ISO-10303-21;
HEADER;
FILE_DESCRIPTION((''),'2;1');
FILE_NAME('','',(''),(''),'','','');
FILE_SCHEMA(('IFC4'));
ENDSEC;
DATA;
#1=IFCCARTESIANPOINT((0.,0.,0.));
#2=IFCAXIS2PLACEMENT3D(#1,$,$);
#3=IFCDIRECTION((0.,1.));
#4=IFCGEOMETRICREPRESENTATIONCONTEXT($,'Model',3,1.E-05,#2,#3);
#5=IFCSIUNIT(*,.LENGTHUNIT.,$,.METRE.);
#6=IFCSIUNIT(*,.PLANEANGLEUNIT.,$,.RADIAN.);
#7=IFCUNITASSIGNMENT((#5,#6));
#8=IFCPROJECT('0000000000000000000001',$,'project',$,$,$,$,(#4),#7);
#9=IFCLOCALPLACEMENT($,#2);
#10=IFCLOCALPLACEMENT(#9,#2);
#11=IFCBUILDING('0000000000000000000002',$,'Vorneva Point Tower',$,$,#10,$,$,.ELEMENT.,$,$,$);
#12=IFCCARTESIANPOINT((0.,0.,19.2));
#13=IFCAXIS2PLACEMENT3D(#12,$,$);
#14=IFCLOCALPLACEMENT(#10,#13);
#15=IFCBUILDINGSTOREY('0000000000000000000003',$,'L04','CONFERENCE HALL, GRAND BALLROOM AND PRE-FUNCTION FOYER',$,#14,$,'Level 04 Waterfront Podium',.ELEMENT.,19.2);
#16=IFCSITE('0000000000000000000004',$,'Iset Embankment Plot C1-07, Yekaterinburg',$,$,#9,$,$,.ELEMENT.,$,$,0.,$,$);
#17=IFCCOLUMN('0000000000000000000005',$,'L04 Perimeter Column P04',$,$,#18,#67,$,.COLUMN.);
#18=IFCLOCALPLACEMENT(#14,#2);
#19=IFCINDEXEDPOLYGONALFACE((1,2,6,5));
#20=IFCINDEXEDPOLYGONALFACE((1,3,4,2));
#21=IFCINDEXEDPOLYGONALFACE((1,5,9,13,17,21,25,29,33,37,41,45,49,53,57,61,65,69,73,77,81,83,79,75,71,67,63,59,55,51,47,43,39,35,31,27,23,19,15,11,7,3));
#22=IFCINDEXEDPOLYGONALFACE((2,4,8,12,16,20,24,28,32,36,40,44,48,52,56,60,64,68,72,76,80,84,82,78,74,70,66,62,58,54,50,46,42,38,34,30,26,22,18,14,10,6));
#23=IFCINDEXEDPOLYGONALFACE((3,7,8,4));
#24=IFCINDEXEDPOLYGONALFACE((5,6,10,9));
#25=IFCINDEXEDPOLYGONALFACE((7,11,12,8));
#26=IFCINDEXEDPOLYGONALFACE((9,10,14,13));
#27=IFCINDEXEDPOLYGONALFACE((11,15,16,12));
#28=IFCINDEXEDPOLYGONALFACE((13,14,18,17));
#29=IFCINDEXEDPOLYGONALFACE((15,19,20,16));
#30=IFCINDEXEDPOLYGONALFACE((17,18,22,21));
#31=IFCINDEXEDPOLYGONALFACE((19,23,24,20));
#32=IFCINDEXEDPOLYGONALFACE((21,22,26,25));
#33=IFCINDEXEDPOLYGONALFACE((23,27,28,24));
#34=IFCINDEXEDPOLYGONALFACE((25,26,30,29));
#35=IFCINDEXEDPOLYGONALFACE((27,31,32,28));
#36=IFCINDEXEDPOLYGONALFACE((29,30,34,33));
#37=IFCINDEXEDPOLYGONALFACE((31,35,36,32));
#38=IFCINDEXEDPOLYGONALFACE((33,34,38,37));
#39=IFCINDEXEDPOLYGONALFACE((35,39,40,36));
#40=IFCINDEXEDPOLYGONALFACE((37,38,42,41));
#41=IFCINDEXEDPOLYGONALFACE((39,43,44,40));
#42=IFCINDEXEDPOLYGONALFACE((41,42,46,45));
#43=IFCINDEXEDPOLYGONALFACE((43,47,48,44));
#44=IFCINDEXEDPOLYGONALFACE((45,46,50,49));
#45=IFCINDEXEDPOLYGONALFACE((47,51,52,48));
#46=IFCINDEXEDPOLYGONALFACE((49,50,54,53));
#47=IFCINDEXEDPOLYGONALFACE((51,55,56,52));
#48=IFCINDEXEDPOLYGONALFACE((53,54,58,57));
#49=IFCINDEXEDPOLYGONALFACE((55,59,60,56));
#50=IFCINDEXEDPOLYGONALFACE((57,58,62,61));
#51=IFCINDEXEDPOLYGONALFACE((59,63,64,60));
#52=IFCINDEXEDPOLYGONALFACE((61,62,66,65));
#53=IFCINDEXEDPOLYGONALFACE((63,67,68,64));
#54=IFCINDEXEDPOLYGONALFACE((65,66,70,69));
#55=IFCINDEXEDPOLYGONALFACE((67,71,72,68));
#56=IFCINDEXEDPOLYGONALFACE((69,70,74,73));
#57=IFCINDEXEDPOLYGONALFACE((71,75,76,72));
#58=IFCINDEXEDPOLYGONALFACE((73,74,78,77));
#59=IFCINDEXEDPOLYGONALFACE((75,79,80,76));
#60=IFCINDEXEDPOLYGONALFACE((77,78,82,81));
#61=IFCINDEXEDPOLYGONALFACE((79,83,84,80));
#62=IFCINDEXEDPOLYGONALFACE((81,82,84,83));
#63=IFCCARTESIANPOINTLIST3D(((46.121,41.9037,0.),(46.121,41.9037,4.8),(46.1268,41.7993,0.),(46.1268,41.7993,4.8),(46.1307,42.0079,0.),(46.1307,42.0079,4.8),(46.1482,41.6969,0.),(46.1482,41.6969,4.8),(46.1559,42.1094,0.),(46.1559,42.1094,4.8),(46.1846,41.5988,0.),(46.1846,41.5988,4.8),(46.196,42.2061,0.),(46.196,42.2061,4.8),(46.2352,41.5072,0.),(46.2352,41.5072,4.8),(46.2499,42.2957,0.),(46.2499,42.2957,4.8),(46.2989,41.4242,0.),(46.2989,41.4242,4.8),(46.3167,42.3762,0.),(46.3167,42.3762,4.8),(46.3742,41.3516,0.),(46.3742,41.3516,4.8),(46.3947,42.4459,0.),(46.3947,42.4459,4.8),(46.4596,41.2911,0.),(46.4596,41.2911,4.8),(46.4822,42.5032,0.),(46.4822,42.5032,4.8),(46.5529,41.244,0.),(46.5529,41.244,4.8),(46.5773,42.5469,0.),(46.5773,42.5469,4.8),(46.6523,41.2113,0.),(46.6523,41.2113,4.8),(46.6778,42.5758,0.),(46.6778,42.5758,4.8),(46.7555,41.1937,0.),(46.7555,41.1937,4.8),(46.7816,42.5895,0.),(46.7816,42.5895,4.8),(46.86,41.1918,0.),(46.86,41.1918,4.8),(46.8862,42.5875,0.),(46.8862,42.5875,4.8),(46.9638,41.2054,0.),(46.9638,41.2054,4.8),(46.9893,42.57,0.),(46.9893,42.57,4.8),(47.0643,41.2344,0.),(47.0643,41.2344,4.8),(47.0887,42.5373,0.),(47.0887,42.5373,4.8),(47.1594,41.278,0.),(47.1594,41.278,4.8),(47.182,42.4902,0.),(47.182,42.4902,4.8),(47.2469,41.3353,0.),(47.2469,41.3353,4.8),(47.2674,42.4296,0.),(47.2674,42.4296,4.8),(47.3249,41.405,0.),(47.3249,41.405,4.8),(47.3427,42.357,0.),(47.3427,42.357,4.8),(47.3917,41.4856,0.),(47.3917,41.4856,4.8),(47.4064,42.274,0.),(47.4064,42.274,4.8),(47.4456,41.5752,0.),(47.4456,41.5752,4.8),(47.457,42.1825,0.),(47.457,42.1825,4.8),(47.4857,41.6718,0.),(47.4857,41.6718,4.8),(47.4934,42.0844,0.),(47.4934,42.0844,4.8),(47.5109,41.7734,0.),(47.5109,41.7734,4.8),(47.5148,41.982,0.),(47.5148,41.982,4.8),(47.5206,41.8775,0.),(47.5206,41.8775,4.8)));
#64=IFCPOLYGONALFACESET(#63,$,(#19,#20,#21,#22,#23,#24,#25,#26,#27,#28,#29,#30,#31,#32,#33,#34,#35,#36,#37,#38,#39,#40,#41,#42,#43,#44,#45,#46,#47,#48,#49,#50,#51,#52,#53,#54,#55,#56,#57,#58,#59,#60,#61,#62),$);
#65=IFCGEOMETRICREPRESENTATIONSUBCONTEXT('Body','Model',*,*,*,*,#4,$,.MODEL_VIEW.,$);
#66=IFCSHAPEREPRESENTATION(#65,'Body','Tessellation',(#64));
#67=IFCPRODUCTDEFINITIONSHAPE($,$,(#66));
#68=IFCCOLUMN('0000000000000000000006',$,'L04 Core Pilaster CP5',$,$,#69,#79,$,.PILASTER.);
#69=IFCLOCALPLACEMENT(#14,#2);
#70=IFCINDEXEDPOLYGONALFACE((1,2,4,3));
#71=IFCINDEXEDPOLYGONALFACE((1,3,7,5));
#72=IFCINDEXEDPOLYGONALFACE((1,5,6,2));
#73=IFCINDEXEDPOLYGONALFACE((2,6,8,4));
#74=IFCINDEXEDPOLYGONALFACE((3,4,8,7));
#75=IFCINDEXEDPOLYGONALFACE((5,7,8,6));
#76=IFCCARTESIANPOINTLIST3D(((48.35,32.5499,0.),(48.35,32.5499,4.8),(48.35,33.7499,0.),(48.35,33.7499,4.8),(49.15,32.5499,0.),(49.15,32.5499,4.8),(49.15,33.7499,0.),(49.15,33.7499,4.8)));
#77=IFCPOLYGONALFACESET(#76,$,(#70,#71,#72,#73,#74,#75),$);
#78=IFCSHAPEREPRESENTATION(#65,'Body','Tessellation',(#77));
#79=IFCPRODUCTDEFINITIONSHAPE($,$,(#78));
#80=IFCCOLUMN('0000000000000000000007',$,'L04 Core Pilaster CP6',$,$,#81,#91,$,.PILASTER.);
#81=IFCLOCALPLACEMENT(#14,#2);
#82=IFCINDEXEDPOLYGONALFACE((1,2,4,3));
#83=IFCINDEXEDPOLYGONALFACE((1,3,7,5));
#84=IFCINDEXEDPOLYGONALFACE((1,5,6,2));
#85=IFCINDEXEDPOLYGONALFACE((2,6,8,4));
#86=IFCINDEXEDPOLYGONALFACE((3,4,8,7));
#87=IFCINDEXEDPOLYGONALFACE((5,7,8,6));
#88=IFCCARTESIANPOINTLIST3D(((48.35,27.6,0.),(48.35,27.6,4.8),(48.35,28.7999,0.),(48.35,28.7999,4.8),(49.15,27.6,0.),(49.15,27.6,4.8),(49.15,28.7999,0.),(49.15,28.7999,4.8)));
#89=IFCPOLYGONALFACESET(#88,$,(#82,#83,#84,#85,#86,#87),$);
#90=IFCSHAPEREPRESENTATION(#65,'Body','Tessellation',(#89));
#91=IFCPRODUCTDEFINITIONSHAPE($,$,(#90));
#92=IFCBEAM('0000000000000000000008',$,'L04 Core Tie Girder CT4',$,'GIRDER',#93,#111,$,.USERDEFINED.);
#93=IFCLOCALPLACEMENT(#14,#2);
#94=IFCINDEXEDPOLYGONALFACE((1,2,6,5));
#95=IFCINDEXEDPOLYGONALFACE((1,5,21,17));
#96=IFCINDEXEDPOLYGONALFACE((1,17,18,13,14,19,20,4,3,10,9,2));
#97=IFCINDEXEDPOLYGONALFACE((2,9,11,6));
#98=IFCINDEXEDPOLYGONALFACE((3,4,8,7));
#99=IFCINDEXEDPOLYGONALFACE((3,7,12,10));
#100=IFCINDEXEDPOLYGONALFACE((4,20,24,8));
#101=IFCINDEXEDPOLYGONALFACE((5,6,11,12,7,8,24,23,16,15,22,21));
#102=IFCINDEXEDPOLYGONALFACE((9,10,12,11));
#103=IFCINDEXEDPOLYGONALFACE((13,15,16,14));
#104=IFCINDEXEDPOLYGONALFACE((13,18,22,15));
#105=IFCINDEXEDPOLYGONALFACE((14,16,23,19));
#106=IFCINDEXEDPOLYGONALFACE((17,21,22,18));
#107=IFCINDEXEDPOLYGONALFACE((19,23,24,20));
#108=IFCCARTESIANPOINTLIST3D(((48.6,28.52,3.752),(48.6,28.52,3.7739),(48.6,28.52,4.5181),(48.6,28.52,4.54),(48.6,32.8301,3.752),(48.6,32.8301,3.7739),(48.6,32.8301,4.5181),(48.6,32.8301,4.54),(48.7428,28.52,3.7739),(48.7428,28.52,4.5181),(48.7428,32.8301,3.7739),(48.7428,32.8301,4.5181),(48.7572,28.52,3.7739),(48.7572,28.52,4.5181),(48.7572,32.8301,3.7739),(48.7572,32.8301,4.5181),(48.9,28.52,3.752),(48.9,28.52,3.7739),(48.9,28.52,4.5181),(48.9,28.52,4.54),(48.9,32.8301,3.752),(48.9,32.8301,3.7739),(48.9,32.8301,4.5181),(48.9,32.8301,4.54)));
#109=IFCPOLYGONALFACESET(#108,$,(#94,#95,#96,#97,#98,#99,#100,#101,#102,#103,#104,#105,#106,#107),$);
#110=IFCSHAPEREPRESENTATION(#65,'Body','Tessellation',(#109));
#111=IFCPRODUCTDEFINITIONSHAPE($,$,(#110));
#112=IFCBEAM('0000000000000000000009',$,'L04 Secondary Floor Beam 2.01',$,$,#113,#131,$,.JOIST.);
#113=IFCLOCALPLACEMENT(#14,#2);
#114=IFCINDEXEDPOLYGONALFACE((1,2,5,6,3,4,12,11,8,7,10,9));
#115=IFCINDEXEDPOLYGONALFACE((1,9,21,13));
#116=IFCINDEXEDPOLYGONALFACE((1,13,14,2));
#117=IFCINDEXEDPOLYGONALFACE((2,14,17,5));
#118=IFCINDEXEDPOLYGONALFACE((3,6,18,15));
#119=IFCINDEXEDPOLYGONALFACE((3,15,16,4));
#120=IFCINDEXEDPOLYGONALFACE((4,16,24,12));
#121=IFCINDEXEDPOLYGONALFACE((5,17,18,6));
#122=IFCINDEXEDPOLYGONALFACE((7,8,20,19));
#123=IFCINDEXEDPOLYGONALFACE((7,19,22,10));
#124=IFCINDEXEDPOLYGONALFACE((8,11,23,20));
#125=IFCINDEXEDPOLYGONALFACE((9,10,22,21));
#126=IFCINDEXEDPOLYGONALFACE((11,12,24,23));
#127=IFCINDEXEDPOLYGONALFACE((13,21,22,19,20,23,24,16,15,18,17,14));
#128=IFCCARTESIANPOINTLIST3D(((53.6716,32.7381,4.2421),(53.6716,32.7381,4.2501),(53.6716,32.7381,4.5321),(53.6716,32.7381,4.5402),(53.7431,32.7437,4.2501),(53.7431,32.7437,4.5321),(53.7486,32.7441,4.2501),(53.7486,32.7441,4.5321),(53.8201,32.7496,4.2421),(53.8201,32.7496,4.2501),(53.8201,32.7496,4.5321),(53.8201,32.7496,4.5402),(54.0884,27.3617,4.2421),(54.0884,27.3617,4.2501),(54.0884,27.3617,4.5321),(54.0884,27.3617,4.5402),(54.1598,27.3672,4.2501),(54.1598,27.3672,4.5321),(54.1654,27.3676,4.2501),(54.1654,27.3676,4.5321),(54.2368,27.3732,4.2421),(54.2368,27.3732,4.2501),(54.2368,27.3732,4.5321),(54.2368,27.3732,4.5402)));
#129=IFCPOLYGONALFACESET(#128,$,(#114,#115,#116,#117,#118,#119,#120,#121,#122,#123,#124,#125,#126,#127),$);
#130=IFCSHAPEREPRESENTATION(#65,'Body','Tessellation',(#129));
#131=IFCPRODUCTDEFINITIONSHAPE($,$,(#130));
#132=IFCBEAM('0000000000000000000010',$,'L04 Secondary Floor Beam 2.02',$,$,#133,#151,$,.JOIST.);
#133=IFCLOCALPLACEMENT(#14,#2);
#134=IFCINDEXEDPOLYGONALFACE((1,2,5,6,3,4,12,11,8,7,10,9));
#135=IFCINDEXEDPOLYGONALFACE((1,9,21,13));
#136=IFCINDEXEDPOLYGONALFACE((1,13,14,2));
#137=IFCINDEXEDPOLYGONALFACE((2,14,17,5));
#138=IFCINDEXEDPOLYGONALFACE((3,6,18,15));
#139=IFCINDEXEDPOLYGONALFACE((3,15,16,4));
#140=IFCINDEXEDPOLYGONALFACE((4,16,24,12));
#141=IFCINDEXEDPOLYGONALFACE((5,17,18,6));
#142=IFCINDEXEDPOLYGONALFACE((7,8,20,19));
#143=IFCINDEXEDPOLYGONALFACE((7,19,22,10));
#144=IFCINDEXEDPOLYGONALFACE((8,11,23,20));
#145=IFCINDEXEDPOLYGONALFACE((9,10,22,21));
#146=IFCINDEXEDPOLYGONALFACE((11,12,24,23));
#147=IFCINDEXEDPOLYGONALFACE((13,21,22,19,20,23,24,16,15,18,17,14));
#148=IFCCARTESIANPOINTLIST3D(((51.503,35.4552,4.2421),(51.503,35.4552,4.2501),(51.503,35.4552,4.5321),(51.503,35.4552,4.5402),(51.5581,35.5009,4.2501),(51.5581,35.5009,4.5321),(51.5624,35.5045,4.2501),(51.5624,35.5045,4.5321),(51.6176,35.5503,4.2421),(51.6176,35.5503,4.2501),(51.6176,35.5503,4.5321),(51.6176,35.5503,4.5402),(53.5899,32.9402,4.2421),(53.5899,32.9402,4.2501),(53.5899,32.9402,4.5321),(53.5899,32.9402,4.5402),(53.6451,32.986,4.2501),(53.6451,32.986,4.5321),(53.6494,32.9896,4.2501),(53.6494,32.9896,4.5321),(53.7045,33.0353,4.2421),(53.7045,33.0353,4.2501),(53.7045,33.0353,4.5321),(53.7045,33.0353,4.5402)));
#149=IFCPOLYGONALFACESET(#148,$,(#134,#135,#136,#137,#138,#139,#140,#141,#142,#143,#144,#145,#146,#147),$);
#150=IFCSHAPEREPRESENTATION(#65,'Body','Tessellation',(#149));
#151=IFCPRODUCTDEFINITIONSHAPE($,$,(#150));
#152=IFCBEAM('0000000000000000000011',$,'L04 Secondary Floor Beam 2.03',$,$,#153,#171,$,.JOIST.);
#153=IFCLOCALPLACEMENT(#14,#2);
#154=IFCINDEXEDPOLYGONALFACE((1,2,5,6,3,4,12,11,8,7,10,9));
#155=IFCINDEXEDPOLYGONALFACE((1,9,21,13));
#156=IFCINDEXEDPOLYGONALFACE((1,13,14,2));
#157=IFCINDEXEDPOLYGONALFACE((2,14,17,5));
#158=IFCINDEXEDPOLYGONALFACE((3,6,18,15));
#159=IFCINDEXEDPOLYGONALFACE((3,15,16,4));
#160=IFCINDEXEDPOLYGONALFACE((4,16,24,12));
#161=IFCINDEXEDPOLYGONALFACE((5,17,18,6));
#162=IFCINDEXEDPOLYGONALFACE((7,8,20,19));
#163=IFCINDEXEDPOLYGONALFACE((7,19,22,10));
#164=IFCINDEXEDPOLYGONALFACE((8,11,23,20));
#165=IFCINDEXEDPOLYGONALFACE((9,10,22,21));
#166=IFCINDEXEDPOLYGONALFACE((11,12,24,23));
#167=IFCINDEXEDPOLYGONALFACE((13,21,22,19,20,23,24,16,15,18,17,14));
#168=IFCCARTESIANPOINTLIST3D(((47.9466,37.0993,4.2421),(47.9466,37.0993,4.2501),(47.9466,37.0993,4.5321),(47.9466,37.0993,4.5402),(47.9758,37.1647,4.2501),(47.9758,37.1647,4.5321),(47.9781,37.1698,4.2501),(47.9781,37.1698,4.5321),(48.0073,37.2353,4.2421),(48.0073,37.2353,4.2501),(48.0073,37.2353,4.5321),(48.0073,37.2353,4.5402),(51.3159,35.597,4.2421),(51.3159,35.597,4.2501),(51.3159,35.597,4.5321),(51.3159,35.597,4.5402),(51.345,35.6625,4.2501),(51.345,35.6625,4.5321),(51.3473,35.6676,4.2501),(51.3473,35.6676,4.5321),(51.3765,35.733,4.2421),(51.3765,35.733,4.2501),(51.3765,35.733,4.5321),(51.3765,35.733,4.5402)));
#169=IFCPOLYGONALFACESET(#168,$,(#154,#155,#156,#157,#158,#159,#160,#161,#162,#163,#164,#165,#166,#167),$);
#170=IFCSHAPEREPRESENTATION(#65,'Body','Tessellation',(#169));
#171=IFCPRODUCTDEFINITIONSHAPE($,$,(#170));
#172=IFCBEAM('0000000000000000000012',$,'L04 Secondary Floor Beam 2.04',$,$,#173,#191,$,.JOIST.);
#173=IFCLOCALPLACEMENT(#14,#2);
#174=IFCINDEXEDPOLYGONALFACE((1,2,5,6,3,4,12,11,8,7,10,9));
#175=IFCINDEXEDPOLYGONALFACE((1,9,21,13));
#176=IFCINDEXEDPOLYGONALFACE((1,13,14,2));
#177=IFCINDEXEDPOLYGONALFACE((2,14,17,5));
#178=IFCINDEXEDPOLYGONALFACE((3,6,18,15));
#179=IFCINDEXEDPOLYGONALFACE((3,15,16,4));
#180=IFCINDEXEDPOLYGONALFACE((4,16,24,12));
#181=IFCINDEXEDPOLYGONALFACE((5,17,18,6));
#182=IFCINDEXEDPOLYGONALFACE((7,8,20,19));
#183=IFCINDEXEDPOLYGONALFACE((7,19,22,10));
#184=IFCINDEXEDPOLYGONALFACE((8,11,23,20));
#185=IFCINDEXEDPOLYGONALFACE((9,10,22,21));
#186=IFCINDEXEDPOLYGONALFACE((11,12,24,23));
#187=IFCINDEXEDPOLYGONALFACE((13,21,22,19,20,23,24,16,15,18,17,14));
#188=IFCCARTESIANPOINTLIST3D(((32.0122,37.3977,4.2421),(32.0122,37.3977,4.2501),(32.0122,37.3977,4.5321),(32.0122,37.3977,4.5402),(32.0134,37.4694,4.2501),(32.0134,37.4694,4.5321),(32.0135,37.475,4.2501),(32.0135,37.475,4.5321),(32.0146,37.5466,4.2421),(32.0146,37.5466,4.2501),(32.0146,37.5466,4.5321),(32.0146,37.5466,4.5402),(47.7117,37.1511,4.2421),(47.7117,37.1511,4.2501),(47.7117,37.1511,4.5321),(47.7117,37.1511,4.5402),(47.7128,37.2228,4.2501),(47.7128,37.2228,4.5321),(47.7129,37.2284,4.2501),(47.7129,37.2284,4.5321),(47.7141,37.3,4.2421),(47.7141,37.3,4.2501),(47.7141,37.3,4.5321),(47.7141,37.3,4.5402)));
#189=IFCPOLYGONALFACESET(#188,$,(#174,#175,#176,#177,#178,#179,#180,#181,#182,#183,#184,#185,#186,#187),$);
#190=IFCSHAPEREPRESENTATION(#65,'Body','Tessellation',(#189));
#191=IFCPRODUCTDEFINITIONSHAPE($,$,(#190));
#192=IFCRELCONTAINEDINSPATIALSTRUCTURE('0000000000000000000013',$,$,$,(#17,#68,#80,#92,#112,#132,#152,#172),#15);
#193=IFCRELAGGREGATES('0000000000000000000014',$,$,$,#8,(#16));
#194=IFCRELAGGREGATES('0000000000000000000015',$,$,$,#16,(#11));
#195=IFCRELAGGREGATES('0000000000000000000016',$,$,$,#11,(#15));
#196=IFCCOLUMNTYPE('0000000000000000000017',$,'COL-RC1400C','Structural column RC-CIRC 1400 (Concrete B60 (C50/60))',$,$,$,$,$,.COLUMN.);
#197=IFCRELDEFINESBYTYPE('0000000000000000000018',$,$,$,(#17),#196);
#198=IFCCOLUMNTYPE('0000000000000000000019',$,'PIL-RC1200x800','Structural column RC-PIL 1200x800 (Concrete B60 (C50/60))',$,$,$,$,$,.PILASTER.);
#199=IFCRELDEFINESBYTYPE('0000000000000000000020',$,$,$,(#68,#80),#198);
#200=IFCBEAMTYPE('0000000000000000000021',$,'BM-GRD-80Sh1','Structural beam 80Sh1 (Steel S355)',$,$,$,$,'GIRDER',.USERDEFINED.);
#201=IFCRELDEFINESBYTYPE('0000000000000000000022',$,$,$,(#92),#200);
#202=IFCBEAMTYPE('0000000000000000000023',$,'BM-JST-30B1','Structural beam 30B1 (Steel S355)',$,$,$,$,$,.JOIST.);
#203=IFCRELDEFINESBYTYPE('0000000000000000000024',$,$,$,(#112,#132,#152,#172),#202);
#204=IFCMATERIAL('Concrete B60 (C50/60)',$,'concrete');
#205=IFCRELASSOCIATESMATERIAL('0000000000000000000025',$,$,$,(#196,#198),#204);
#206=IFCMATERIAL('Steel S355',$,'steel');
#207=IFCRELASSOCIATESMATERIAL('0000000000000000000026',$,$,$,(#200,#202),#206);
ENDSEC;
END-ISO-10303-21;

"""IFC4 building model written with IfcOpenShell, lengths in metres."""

from ifc_helpers import new_model, si_unit, direction, frame, origin, origin_2d, place, context, subcontext, project, spatial, rectangle, circle, i_section, extrude, material, material_profile, profile_set, type_object, element, save


model = new_model("IFC4")

# Units and contexts
model_context = context("Model", 3, precision=1e-05, world=origin(), true_north=direction((0.0, 1.0)))
body_context = subcontext(model_context, "Body", "Model", "MODEL_VIEW")
ifc_project = project(units=[si_unit("LENGTHUNIT", "METRE"), si_unit("PLANEANGLEUNIT", "RADIAN")], contexts=[model_context])

# Site, building, storey
site_placement = place(None, origin())
site = spatial("IfcSite", under=ifc_project, at=site_placement, Name="Iset Embankment Plot C1-07, Yekaterinburg", CompositionType="ELEMENT", RefElevation=0.0)
building_placement = place(site_placement, origin())
building = spatial("IfcBuilding", under=site, at=building_placement, Name="Vorneva Point Tower", CompositionType="ELEMENT")
storey_placement = place(building_placement, frame((0.0, 0.0, 19.2)))
storey = spatial("IfcBuildingStorey", under=building, at=storey_placement, Name="L04", Description="CONFERENCE HALL, GRAND BALLROOM AND PRE-FUNCTION FOYER", LongName="Level 04 Waterfront Podium", CompositionType="ELEMENT", Elevation=19.2)

# Columns
ifc_material_1 = material(Name="Concrete B60 (C50/60)", Category="concrete")
ifc_material_profile_1 = material_profile(ifc_material_1, circle(Radius=0.7, at=origin_2d()), Name="RC-CIRC 1400")
ifc_profile_set_1 = profile_set([ifc_material_profile_1], Name="Concrete B60 (C50/60)")
column_type_1 = type_object("IfcColumnType", Name="COL-RC1400C", Description="Structural column RC-CIRC 1400 (Concrete B60 (C50/60))", PredefinedType="COLUMN", material=ifc_profile_set_1)
for number, where, z_axis, x_axis, name in (
    (1, (46.8208, 41.8906, 0.0), (0.0, 0.0, 1.0), (0.382683, 0.92388, 0.0), "L04 Perimeter Column P04"),
):
    element("IfcColumn", number, at=place(storey_placement, frame(where, z_axis=z_axis, x_axis=x_axis)), inside=storey, type_object=column_type_1, Name=name, PredefinedType="COLUMN", context=body_context, shape_type="SweptSolid", body=[
        extrude(circle(Radius=0.7, at=origin_2d()), origin(), (0.0, 0.0, 1.0), 4.8),
    ])
ifc_material_profile_2 = material_profile(ifc_material_1, rectangle(XDim=0.8, YDim=1.2, at=origin_2d()), Name="RC-PIL 1200x800")
ifc_profile_set_2 = profile_set([ifc_material_profile_2], Name="Concrete B60 (C50/60)")
column_type_2 = type_object("IfcColumnType", Name="PIL-RC1200x800", Description="Structural column RC-PIL 1200x800 (Concrete B60 (C50/60))", PredefinedType="PILASTER", material=ifc_profile_set_2)
for number, where, z_axis, x_axis, name in (
    (2, (48.75, 33.1499, 0.0), (0.0, 0.0, 1.0), (1.0, 0.0, 0.0), "L04 Core Pilaster CP5"),
    (3, (48.75, 28.2, 0.0), (0.0, 0.0, 1.0), (1.0, 0.0, 0.0), "L04 Core Pilaster CP6"),
):
    element("IfcColumn", number, at=place(storey_placement, frame(where, z_axis=z_axis, x_axis=x_axis)), inside=storey, type_object=column_type_2, Name=name, PredefinedType="PILASTER", context=body_context, shape_type="SweptSolid", body=[
        extrude(rectangle(XDim=0.8, YDim=1.2, at=origin_2d()), origin(), (0.0, 0.0, 1.0), 4.8),
    ])

# Beams
ifc_material_2 = material(Name="Steel S355", Category="steel")
ifc_material_profile_3 = material_profile(ifc_material_2, i_section(OverallWidth=0.3, OverallDepth=0.7881, WebThickness=0.0144, FlangeThickness=0.022, at=origin_2d()), Name="80Sh1")
ifc_profile_set_3 = profile_set([ifc_material_profile_3], Name="Steel S355")
beam_type_1 = type_object("IfcBeamType", Name="BM-GRD-80Sh1", Description="Structural beam 80Sh1 (Steel S355)", ElementType="GIRDER", PredefinedType="USERDEFINED", material=ifc_profile_set_3)
beam_1_placement = place(storey_placement, frame((48.75, 28.52, 4.146), z_axis=(0.0, 1.0, 0.0), x_axis=(-1.0, 0.0, 0.0)))
element("IfcBeam", 4, at=beam_1_placement, inside=storey, type_object=beam_type_1, Name="L04 Core Tie Girder CT4", ObjectType="GIRDER", PredefinedType="USERDEFINED", context=body_context, shape_type="SweptSolid", body=[
    extrude(i_section(OverallWidth=0.3, OverallDepth=0.7881, WebThickness=0.0144, FlangeThickness=0.022, at=origin_2d()), origin(), (0.0, 0.0, 1.0), 4.3101),
])
ifc_material_profile_4 = material_profile(ifc_material_2, i_section(OverallWidth=0.1489, OverallDepth=0.2981, WebThickness=0.0056, FlangeThickness=0.0081, at=origin_2d()), Name="30B1")
ifc_profile_set_4 = profile_set([ifc_material_profile_4], Name="Steel S355")
beam_type_2 = type_object("IfcBeamType", Name="BM-JST-30B1", Description="Structural beam 30B1 (Steel S355)", PredefinedType="JOIST", material=ifc_profile_set_4)
beam_2_placement = place(storey_placement, frame((54.1626, 27.3674, 4.3911), z_axis=(-0.077282, 0.997009, 0.0), x_axis=(-0.997009, -0.077282, 0.0)))
element("IfcBeam", 5, at=beam_2_placement, inside=storey, type_object=beam_type_2, Name="L04 Secondary Floor Beam 2.01", PredefinedType="JOIST", context=body_context, shape_type="SweptSolid", body=[
    extrude(i_section(OverallWidth=0.1489, OverallDepth=0.2981, WebThickness=0.0056, FlangeThickness=0.0081, at=origin_2d()), origin(), (0.0, 0.0, 1.0), 5.3926),
])
beam_3_placement = place(storey_placement, frame((53.6472, 32.9878, 4.3911), z_axis=(-0.638588, 0.769548, 0.0), x_axis=(-0.769548, -0.638588, 0.0)))
element("IfcBeam", 6, at=beam_3_placement, inside=storey, type_object=beam_type_2, Name="L04 Secondary Floor Beam 2.02", PredefinedType="JOIST", context=body_context, shape_type="SweptSolid", body=[
    extrude(i_section(OverallWidth=0.1489, OverallDepth=0.2981, WebThickness=0.0056, FlangeThickness=0.0081, at=origin_2d()), origin(), (0.0, 0.0, 1.0), 3.2681),
])
beam_4_placement = place(storey_placement, frame((51.3462, 35.665, 4.3911), z_axis=(-0.913328, 0.407225, 0.0), x_axis=(-0.407225, -0.913328, 0.0)))
element("IfcBeam", 7, at=beam_4_placement, inside=storey, type_object=beam_type_2, Name="L04 Secondary Floor Beam 2.03", PredefinedType="JOIST", context=body_context, shape_type="SweptSolid", body=[
    extrude(i_section(OverallWidth=0.1489, OverallDepth=0.2981, WebThickness=0.0056, FlangeThickness=0.0081, at=origin_2d()), origin(), (0.0, 0.0, 1.0), 3.689),
])
beam_5_placement = place(storey_placement, frame((47.7129, 37.2256, 4.3911), z_axis=(-0.999877, 0.015704, 0.0), x_axis=(-0.015704, -0.999877, 0.0)))
element("IfcBeam", 8, at=beam_5_placement, inside=storey, type_object=beam_type_2, Name="L04 Secondary Floor Beam 2.04", PredefinedType="JOIST", context=body_context, shape_type="SweptSolid", body=[
    extrude(i_section(OverallWidth=0.1489, OverallDepth=0.2981, WebThickness=0.0056, FlangeThickness=0.0081, at=origin_2d()), origin(), (0.0, 0.0, 1.0), 15.7014),
])

save(model, "model.ifc")
